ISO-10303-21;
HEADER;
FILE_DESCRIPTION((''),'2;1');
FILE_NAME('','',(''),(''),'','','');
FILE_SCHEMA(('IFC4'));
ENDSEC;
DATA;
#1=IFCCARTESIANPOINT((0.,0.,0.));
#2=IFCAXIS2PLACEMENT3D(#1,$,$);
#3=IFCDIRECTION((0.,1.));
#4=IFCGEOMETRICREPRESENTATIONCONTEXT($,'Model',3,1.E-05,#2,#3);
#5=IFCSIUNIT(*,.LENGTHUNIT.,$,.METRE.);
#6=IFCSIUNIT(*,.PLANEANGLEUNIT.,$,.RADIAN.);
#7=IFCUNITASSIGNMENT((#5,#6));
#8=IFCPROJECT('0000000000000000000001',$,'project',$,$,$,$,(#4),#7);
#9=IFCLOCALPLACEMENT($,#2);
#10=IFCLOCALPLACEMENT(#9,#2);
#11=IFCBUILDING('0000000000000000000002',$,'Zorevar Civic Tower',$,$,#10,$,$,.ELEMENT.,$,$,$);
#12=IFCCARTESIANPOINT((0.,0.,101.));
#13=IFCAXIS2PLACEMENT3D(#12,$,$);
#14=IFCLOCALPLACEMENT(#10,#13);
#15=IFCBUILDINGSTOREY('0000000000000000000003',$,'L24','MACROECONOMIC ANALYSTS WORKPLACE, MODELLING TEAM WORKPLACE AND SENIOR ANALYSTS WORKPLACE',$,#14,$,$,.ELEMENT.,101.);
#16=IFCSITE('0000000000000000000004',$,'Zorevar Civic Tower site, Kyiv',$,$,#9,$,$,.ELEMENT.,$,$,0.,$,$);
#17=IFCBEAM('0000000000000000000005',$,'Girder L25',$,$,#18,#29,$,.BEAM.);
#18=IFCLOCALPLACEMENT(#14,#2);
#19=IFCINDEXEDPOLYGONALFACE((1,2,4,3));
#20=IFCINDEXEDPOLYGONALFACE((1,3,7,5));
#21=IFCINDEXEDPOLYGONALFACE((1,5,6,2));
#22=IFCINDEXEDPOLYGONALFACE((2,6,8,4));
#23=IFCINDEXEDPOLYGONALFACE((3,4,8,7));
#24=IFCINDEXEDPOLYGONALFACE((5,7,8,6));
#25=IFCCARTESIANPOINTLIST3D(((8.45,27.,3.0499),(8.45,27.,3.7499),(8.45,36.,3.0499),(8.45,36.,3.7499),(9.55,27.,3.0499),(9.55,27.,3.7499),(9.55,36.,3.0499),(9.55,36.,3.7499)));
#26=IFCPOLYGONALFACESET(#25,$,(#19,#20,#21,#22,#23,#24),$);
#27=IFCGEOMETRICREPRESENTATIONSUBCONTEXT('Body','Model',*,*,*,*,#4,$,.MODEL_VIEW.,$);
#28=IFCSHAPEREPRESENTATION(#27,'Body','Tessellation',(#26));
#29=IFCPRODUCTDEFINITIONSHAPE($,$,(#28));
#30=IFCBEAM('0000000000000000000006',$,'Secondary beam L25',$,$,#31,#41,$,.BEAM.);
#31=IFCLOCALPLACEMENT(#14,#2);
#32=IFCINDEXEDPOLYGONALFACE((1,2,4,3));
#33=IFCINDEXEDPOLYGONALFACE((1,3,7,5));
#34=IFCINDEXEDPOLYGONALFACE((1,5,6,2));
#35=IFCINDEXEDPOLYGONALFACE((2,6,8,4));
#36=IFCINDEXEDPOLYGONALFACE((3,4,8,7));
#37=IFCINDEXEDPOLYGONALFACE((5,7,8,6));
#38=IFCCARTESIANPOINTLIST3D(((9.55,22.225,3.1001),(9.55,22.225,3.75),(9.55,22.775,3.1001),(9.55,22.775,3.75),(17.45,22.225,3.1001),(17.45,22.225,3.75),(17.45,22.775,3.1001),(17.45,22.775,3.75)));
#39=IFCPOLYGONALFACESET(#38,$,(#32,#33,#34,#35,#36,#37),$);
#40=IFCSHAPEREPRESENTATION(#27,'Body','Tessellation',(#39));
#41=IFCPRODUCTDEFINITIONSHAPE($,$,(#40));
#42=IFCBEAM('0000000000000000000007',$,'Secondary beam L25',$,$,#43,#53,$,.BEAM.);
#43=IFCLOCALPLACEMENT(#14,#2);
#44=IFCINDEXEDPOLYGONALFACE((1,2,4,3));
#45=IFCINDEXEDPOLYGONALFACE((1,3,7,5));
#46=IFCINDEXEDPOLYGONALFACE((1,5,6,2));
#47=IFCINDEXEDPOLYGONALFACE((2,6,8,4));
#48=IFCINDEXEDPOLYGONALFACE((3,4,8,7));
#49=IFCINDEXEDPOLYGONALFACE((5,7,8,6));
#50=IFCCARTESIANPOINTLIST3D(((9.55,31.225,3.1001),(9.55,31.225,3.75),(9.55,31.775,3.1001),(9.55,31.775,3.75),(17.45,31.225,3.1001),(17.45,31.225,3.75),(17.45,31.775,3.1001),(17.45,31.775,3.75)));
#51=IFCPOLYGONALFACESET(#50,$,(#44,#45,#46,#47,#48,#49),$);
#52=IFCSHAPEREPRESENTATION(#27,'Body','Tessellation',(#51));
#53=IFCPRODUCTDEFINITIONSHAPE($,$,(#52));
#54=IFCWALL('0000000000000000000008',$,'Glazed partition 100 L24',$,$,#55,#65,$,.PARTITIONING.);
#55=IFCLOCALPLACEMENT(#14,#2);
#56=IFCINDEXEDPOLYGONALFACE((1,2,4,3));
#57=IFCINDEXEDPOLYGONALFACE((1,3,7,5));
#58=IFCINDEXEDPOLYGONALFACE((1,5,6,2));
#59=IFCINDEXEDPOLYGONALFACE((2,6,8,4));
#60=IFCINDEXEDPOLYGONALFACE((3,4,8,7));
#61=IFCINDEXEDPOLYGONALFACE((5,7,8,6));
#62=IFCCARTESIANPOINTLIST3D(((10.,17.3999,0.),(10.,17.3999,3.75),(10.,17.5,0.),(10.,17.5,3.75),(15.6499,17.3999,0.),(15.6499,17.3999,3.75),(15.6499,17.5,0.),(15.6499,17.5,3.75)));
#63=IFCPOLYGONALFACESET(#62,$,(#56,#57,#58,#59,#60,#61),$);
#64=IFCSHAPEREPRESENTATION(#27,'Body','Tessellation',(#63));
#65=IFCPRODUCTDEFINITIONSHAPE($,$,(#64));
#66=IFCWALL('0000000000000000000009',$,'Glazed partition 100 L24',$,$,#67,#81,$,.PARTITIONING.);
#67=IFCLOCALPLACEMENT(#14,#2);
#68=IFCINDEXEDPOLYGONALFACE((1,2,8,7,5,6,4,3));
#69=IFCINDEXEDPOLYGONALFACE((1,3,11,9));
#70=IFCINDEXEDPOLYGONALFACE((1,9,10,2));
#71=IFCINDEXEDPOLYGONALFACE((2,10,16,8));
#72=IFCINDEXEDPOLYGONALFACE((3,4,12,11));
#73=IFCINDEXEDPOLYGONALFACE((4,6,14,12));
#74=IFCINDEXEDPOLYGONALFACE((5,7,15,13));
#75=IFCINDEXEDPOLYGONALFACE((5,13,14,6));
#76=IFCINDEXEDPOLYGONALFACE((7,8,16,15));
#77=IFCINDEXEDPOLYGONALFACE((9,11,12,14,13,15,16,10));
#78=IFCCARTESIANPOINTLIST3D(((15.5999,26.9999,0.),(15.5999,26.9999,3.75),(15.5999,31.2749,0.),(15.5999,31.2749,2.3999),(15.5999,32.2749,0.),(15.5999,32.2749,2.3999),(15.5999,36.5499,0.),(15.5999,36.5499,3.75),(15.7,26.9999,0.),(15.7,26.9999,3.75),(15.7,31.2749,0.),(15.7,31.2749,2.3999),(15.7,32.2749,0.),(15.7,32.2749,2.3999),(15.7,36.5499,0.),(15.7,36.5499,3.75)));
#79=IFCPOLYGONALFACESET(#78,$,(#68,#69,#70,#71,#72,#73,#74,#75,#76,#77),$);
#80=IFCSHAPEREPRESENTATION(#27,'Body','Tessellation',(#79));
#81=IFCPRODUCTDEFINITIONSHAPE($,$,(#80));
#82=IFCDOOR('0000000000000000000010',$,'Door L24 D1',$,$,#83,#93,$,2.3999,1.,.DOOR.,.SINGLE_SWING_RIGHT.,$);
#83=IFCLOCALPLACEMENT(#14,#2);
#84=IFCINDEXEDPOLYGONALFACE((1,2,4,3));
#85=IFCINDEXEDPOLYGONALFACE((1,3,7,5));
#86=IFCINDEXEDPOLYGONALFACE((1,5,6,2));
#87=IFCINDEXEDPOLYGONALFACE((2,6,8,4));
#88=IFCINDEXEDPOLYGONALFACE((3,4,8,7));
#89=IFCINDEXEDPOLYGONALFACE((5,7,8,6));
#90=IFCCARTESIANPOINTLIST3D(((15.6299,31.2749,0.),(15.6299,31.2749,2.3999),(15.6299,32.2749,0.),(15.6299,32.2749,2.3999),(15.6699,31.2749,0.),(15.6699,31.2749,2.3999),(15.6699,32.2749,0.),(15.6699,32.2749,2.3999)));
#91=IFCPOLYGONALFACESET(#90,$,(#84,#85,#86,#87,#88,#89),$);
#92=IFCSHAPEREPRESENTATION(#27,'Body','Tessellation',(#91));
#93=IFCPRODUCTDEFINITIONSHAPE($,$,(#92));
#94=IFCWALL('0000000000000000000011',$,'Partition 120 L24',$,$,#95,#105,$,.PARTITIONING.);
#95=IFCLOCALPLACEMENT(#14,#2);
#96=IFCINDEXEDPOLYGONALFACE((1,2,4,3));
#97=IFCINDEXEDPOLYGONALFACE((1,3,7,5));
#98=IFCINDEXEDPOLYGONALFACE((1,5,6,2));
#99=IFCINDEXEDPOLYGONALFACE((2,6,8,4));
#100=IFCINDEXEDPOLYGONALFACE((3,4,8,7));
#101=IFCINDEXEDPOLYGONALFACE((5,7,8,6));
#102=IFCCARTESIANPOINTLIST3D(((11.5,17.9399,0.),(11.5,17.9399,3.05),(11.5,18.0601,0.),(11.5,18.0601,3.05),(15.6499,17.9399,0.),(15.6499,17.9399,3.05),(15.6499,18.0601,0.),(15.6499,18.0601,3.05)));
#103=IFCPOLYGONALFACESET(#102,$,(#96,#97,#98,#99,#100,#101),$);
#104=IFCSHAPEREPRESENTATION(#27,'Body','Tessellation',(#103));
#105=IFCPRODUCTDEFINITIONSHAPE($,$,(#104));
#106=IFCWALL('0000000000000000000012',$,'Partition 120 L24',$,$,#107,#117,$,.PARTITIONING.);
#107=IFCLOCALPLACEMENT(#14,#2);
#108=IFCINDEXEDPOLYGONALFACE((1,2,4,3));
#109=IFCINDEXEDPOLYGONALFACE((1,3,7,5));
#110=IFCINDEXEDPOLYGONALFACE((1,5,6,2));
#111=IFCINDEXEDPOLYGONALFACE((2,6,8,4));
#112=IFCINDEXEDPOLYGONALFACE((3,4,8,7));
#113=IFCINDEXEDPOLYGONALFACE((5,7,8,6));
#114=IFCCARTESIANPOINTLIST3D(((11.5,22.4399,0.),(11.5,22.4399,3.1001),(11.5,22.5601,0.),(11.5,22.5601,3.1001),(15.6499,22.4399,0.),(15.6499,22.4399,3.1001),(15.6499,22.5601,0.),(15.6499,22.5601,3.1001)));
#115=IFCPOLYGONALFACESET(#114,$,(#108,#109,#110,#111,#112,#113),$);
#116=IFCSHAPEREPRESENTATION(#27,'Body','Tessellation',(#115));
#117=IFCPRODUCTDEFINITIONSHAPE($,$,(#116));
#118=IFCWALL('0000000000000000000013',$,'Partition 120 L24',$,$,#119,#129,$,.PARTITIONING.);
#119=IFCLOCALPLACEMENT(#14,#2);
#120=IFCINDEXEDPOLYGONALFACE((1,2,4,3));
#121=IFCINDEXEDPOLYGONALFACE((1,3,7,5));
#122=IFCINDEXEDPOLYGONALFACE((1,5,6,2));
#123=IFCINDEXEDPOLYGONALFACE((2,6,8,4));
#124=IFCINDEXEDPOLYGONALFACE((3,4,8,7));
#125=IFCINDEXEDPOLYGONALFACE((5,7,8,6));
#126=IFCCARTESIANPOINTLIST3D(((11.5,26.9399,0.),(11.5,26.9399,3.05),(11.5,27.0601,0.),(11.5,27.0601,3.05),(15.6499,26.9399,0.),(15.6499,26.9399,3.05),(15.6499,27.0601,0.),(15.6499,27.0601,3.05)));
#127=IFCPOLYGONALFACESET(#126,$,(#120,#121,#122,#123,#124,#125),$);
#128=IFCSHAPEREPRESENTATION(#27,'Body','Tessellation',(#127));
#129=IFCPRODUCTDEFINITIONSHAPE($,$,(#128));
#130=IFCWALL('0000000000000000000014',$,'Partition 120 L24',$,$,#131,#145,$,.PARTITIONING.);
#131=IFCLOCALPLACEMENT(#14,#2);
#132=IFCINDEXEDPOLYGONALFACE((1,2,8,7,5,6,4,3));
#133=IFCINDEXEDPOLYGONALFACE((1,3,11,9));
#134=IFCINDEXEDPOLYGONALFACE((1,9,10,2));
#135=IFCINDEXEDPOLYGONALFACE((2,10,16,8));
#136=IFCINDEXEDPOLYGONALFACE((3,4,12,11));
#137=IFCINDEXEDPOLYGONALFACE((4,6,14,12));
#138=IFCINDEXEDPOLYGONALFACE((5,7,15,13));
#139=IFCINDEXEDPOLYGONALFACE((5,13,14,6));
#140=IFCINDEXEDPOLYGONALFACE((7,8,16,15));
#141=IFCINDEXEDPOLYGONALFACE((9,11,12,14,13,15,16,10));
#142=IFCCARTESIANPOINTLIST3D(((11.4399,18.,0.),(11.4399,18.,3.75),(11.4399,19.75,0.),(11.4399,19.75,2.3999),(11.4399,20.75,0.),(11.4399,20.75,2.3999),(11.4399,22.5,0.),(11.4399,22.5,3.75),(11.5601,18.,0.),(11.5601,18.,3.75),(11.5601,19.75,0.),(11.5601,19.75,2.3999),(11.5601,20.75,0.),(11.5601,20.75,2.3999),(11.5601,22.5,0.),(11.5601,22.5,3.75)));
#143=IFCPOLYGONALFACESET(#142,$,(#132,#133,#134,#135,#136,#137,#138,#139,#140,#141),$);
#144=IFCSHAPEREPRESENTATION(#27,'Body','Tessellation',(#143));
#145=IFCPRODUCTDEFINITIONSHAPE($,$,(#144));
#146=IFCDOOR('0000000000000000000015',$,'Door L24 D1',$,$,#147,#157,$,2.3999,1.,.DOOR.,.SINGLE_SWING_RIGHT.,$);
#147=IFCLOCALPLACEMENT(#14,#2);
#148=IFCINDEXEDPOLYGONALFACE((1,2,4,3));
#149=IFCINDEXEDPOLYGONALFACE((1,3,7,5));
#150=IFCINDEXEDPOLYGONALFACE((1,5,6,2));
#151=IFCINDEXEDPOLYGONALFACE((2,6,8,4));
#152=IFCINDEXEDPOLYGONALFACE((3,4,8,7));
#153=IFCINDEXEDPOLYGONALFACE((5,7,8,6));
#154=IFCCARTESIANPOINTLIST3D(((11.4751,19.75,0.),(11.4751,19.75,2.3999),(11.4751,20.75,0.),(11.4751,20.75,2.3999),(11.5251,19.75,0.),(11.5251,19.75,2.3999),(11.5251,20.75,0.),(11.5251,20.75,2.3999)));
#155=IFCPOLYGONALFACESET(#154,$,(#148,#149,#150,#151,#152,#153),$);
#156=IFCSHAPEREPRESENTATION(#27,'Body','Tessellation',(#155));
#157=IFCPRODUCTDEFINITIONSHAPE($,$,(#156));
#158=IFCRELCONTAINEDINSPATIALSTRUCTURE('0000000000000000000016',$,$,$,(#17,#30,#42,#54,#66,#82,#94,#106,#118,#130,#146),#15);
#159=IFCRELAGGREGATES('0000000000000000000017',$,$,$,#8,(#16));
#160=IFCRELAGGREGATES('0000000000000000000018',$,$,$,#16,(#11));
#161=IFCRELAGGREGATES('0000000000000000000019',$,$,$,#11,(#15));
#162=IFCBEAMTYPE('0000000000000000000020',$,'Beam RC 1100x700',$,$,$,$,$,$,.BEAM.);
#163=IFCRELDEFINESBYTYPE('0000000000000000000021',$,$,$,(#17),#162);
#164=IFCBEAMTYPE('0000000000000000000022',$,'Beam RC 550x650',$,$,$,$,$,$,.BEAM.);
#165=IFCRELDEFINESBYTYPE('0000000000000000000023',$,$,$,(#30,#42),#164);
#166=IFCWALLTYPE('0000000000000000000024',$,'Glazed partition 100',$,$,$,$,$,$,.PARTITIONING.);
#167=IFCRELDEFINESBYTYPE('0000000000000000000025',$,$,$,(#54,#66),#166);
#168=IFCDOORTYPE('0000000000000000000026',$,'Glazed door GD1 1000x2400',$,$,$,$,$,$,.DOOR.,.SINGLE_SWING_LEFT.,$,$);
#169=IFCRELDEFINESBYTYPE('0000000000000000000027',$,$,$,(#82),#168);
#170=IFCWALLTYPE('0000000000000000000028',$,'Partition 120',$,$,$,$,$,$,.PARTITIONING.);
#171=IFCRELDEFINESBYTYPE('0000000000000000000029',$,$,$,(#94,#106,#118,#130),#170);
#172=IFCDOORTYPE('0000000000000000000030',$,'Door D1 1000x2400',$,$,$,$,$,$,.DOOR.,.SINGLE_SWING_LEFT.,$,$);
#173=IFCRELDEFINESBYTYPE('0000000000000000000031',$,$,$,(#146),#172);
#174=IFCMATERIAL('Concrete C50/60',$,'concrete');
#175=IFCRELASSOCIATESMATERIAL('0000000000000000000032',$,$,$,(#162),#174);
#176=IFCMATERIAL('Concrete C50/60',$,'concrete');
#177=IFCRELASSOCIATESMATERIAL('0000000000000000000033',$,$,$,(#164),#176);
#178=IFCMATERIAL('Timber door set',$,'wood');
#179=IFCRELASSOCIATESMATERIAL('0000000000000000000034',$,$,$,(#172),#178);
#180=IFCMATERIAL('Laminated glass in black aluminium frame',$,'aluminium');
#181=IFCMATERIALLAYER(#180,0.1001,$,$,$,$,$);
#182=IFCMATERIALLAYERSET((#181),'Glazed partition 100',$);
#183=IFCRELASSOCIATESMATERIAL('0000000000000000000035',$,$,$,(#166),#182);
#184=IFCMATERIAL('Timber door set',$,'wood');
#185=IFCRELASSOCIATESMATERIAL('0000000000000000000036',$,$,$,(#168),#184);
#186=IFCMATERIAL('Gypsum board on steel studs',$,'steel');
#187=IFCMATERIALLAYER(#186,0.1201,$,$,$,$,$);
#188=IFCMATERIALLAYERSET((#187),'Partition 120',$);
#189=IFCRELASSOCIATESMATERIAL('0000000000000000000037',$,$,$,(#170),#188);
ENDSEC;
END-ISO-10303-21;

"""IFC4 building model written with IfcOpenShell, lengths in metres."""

from ifc_helpers import new_model, si_unit, direction, frame, frame_2d, origin, origin_2d, place, context, subcontext, project, spatial, rectangle, extrude, material, layer, layer_set, material_profile, profile_set, type_object, element, fill, save


model = new_model("IFC4")

# Units and contexts
model_context = context("Model", 3, precision=1e-05, world=origin(), true_north=direction((0.0, 1.0)))
body_context = subcontext(model_context, "Body", "Model", "MODEL_VIEW")
ifc_project = project(units=[si_unit("LENGTHUNIT", "METRE"), si_unit("PLANEANGLEUNIT", "RADIAN")], contexts=[model_context])

# Site, building, storey
site_placement = place(None, origin())
site = spatial("IfcSite", under=ifc_project, at=site_placement, Name="Zorevar Civic Tower site, Kyiv", CompositionType="ELEMENT", RefElevation=0.0)
building_placement = place(site_placement, origin())
building = spatial("IfcBuilding", under=site, at=building_placement, Name="Zorevar Civic Tower", CompositionType="ELEMENT")
storey_placement = place(building_placement, frame((0.0, 0.0, 101.0)))
storey = spatial("IfcBuildingStorey", under=building, at=storey_placement, Name="L24", Description="MACROECONOMIC ANALYSTS WORKPLACE, MODELLING TEAM WORKPLACE AND SENIOR ANALYSTS WORKPLACE", CompositionType="ELEMENT", Elevation=101.0)

# Beams
ifc_material_1 = material(Name="Concrete C50/60", Category="concrete")
ifc_material_profile_1 = material_profile(ifc_material_1, rectangle(XDim=1.1001, YDim=0.7, at=origin_2d()), Name="RC 1100x700")
ifc_profile_set_1 = profile_set([ifc_material_profile_1], Name="Concrete C50/60")
beam_type_1 = type_object("IfcBeamType", Name="Beam RC 1100x700", PredefinedType="BEAM", material=ifc_profile_set_1)
beam_placement = place(storey_placement, frame((9.0, 27.0, 3.3999), z_axis=(0.0, 1.0, 0.0), x_axis=(-1.0, 0.0, 0.0)))
element("IfcBeam", 1, at=beam_placement, inside=storey, type_object=beam_type_1, Name="Girder L25", PredefinedType="BEAM", context=body_context, shape_type="SweptSolid", body=[
    extrude(rectangle(XDim=1.1001, YDim=0.7, at=origin_2d()), origin(), (0.0, 0.0, 1.0), 9.0),
])
ifc_material_2 = material(Name="Concrete C50/60", Category="concrete")
ifc_material_profile_2 = material_profile(ifc_material_2, rectangle(XDim=0.55, YDim=0.6499, at=origin_2d()), Name="RC 550x650")
ifc_profile_set_2 = profile_set([ifc_material_profile_2], Name="Concrete C50/60")
beam_type_2 = type_object("IfcBeamType", Name="Beam RC 550x650", PredefinedType="BEAM", material=ifc_profile_set_2)
for number, where, z_axis, x_axis, name in (
    (2, (9.55, 22.5, 3.425), (1.0, 0.0, 0.0), (0.0, 1.0, 0.0), "Secondary beam L25"),
    (3, (9.55, 31.5, 3.425), (1.0, 0.0, 0.0), (0.0, 1.0, 0.0), "Secondary beam L25"),
):
    element("IfcBeam", number, at=place(storey_placement, frame(where, z_axis=z_axis, x_axis=x_axis)), inside=storey, type_object=beam_type_2, Name=name, PredefinedType="BEAM", context=body_context, shape_type="SweptSolid", body=[
        extrude(rectangle(XDim=0.55, YDim=0.6499, at=origin_2d()), origin(), (0.0, 0.0, 1.0), 7.8999),
    ])

# Shared definitions
ifc_material_3 = material(Name="Timber door set", Category="wood")
door_type_1 = type_object("IfcDoorType", Name="Door D1 1000x2400", OperationType="SINGLE_SWING_LEFT", PredefinedType="DOOR", material=ifc_material_3)

# Wall
ifc_material_4 = material(Name="Laminated glass in black aluminium frame", Category="aluminium")
ifc_layer_1 = layer(ifc_material_4, 0.1001)
ifc_layer_set_1 = layer_set([ifc_layer_1], Name="Glazed partition 100")
wall_type_1 = type_object("IfcWallType", Name="Glazed partition 100", PredefinedType="PARTITIONING", material=ifc_layer_set_1)
wall_1_placement = place(storey_placement, frame((10.0, 17.45, 0.0), z_axis=(0.0, 0.0, 1.0), x_axis=(1.0, 0.0, 0.0)))
element("IfcWall", 4, at=wall_1_placement, inside=storey, type_object=wall_type_1, Name="Glazed partition 100 L24", PredefinedType="PARTITIONING", context=body_context, shape_type="SweptSolid", body=[
    extrude(rectangle(XDim=5.6499, YDim=0.1001, at=frame_2d((2.825, 0.0))), origin(), (0.0, 0.0, 1.0), 3.75),
])

# Wall, opening, door
wall_2_placement = place(storey_placement, frame((15.6499, 27.0, 0.0), z_axis=(0.0, 0.0, 1.0), x_axis=(0.0, 1.0, 0.0)))
wall_2 = element("IfcWall", 5, at=wall_2_placement, inside=storey, type_object=wall_type_1, Name="Glazed partition 100 L24", PredefinedType="PARTITIONING", context=body_context, shape_type="SweptSolid", body=[
    extrude(rectangle(XDim=9.55, YDim=0.1001, at=frame_2d((4.7749, 0.0))), origin(), (0.0, 0.0, 1.0), 3.75),
])
opening_1_placement = place(wall_2_placement, frame((4.2749, 0.0, 0.0)))
opening_1 = element("IfcOpeningElement", 6, at=opening_1_placement, cuts=wall_2, PredefinedType="OPENING", context=body_context, shape_type="SweptSolid", body=[
    extrude(rectangle(XDim=1.0, YDim=2.3999, at=frame_2d((0.5, 1.2))), frame((0.0, 0.0601, 0.0), z_axis=(0.0, -1.0, 0.0), x_axis=(1.0, 0.0, 0.0)), (0.0, 0.0, 1.0), 0.1201),
])
ifc_material_5 = material(Name="Timber door set", Category="wood")
door_type_2 = type_object("IfcDoorType", Name="Glazed door GD1 1000x2400", OperationType="SINGLE_SWING_LEFT", PredefinedType="DOOR", material=ifc_material_5)
door_1_placement = place(opening_1_placement, origin())
door_1 = element("IfcDoor", 7, at=door_1_placement, inside=storey, type_object=door_type_2, Name="Door L24 D1", OperationType="SINGLE_SWING_RIGHT", OverallHeight=2.3999, OverallWidth=1.0, PredefinedType="DOOR", context=body_context, shape_type="SweptSolid", body=[
    extrude(rectangle(XDim=1.0, YDim=2.3999, at=frame_2d((0.5, 1.2))), frame((0.0, 0.02, 0.0), z_axis=(0.0, -1.0, 0.0), x_axis=(1.0, 0.0, 0.0)), (0.0, 0.0, 1.0), 0.04),
])
fill(opening_1, door_1)

# Walls
ifc_material_6 = material(Name="Gypsum board on steel studs", Category="steel")
ifc_layer_2 = layer(ifc_material_6, 0.1201)
ifc_layer_set_2 = layer_set([ifc_layer_2], Name="Partition 120")
wall_type_2 = type_object("IfcWallType", Name="Partition 120", PredefinedType="PARTITIONING", material=ifc_layer_set_2)
wall_3_placement = place(storey_placement, frame((11.5, 18.0, 0.0), z_axis=(0.0, 0.0, 1.0), x_axis=(1.0, 0.0, 0.0)))
element("IfcWall", 8, at=wall_3_placement, inside=storey, type_object=wall_type_2, Name="Partition 120 L24", PredefinedType="PARTITIONING", context=body_context, shape_type="SweptSolid", body=[
    extrude(rectangle(XDim=4.1499, YDim=0.1201, at=frame_2d((2.075, 0.0))), origin(), (0.0, 0.0, 1.0), 3.05),
])
wall_4_placement = place(storey_placement, frame((11.5, 22.5, 0.0), z_axis=(0.0, 0.0, 1.0), x_axis=(1.0, 0.0, 0.0)))
element("IfcWall", 9, at=wall_4_placement, inside=storey, type_object=wall_type_2, Name="Partition 120 L24", PredefinedType="PARTITIONING", context=body_context, shape_type="SweptSolid", body=[
    extrude(rectangle(XDim=4.1499, YDim=0.1201, at=frame_2d((2.075, 0.0))), origin(), (0.0, 0.0, 1.0), 3.1001),
])
wall_5_placement = place(storey_placement, frame((11.5, 27.0, 0.0), z_axis=(0.0, 0.0, 1.0), x_axis=(1.0, 0.0, 0.0)))
element("IfcWall", 10, at=wall_5_placement, inside=storey, type_object=wall_type_2, Name="Partition 120 L24", PredefinedType="PARTITIONING", context=body_context, shape_type="SweptSolid", body=[
    extrude(rectangle(XDim=4.1499, YDim=0.1201, at=frame_2d((2.075, 0.0))), origin(), (0.0, 0.0, 1.0), 3.05),
])

# Wall, opening, door
wall_6_placement = place(storey_placement, frame((11.5, 18.0, 0.0), z_axis=(0.0, 0.0, 1.0), x_axis=(0.0, 1.0, 0.0)))
wall_6 = element("IfcWall", 11, at=wall_6_placement, inside=storey, type_object=wall_type_2, Name="Partition 120 L24", PredefinedType="PARTITIONING", context=body_context, shape_type="SweptSolid", body=[
    extrude(rectangle(XDim=4.5, YDim=0.1201, at=frame_2d((2.25, 0.0))), origin(), (0.0, 0.0, 1.0), 3.75),
])
opening_2_placement = place(wall_6_placement, frame((1.75, 0.0, 0.0)))
opening_2 = element("IfcOpeningElement", 12, at=opening_2_placement, cuts=wall_6, PredefinedType="OPENING", context=body_context, shape_type="SweptSolid", body=[
    extrude(rectangle(XDim=1.0, YDim=2.3999, at=frame_2d((0.5, 1.2))), frame((0.0, 0.0701, 0.0), z_axis=(0.0, -1.0, 0.0), x_axis=(1.0, 0.0, 0.0)), (0.0, 0.0, 1.0), 0.1401),
])
door_2_placement = place(opening_2_placement, origin())
door_2 = element("IfcDoor", 13, at=door_2_placement, inside=storey, type_object=door_type_1, Name="Door L24 D1", OperationType="SINGLE_SWING_RIGHT", OverallHeight=2.3999, OverallWidth=1.0, PredefinedType="DOOR", context=body_context, shape_type="SweptSolid", body=[
    extrude(rectangle(XDim=1.0, YDim=2.3999, at=frame_2d((0.5, 1.2))), frame((0.0, 0.0249, 0.0), z_axis=(0.0, -1.0, 0.0), x_axis=(1.0, 0.0, 0.0)), (0.0, 0.0, 1.0), 0.05),
])
fill(opening_2, door_2)

save(model, "model.ifc")
